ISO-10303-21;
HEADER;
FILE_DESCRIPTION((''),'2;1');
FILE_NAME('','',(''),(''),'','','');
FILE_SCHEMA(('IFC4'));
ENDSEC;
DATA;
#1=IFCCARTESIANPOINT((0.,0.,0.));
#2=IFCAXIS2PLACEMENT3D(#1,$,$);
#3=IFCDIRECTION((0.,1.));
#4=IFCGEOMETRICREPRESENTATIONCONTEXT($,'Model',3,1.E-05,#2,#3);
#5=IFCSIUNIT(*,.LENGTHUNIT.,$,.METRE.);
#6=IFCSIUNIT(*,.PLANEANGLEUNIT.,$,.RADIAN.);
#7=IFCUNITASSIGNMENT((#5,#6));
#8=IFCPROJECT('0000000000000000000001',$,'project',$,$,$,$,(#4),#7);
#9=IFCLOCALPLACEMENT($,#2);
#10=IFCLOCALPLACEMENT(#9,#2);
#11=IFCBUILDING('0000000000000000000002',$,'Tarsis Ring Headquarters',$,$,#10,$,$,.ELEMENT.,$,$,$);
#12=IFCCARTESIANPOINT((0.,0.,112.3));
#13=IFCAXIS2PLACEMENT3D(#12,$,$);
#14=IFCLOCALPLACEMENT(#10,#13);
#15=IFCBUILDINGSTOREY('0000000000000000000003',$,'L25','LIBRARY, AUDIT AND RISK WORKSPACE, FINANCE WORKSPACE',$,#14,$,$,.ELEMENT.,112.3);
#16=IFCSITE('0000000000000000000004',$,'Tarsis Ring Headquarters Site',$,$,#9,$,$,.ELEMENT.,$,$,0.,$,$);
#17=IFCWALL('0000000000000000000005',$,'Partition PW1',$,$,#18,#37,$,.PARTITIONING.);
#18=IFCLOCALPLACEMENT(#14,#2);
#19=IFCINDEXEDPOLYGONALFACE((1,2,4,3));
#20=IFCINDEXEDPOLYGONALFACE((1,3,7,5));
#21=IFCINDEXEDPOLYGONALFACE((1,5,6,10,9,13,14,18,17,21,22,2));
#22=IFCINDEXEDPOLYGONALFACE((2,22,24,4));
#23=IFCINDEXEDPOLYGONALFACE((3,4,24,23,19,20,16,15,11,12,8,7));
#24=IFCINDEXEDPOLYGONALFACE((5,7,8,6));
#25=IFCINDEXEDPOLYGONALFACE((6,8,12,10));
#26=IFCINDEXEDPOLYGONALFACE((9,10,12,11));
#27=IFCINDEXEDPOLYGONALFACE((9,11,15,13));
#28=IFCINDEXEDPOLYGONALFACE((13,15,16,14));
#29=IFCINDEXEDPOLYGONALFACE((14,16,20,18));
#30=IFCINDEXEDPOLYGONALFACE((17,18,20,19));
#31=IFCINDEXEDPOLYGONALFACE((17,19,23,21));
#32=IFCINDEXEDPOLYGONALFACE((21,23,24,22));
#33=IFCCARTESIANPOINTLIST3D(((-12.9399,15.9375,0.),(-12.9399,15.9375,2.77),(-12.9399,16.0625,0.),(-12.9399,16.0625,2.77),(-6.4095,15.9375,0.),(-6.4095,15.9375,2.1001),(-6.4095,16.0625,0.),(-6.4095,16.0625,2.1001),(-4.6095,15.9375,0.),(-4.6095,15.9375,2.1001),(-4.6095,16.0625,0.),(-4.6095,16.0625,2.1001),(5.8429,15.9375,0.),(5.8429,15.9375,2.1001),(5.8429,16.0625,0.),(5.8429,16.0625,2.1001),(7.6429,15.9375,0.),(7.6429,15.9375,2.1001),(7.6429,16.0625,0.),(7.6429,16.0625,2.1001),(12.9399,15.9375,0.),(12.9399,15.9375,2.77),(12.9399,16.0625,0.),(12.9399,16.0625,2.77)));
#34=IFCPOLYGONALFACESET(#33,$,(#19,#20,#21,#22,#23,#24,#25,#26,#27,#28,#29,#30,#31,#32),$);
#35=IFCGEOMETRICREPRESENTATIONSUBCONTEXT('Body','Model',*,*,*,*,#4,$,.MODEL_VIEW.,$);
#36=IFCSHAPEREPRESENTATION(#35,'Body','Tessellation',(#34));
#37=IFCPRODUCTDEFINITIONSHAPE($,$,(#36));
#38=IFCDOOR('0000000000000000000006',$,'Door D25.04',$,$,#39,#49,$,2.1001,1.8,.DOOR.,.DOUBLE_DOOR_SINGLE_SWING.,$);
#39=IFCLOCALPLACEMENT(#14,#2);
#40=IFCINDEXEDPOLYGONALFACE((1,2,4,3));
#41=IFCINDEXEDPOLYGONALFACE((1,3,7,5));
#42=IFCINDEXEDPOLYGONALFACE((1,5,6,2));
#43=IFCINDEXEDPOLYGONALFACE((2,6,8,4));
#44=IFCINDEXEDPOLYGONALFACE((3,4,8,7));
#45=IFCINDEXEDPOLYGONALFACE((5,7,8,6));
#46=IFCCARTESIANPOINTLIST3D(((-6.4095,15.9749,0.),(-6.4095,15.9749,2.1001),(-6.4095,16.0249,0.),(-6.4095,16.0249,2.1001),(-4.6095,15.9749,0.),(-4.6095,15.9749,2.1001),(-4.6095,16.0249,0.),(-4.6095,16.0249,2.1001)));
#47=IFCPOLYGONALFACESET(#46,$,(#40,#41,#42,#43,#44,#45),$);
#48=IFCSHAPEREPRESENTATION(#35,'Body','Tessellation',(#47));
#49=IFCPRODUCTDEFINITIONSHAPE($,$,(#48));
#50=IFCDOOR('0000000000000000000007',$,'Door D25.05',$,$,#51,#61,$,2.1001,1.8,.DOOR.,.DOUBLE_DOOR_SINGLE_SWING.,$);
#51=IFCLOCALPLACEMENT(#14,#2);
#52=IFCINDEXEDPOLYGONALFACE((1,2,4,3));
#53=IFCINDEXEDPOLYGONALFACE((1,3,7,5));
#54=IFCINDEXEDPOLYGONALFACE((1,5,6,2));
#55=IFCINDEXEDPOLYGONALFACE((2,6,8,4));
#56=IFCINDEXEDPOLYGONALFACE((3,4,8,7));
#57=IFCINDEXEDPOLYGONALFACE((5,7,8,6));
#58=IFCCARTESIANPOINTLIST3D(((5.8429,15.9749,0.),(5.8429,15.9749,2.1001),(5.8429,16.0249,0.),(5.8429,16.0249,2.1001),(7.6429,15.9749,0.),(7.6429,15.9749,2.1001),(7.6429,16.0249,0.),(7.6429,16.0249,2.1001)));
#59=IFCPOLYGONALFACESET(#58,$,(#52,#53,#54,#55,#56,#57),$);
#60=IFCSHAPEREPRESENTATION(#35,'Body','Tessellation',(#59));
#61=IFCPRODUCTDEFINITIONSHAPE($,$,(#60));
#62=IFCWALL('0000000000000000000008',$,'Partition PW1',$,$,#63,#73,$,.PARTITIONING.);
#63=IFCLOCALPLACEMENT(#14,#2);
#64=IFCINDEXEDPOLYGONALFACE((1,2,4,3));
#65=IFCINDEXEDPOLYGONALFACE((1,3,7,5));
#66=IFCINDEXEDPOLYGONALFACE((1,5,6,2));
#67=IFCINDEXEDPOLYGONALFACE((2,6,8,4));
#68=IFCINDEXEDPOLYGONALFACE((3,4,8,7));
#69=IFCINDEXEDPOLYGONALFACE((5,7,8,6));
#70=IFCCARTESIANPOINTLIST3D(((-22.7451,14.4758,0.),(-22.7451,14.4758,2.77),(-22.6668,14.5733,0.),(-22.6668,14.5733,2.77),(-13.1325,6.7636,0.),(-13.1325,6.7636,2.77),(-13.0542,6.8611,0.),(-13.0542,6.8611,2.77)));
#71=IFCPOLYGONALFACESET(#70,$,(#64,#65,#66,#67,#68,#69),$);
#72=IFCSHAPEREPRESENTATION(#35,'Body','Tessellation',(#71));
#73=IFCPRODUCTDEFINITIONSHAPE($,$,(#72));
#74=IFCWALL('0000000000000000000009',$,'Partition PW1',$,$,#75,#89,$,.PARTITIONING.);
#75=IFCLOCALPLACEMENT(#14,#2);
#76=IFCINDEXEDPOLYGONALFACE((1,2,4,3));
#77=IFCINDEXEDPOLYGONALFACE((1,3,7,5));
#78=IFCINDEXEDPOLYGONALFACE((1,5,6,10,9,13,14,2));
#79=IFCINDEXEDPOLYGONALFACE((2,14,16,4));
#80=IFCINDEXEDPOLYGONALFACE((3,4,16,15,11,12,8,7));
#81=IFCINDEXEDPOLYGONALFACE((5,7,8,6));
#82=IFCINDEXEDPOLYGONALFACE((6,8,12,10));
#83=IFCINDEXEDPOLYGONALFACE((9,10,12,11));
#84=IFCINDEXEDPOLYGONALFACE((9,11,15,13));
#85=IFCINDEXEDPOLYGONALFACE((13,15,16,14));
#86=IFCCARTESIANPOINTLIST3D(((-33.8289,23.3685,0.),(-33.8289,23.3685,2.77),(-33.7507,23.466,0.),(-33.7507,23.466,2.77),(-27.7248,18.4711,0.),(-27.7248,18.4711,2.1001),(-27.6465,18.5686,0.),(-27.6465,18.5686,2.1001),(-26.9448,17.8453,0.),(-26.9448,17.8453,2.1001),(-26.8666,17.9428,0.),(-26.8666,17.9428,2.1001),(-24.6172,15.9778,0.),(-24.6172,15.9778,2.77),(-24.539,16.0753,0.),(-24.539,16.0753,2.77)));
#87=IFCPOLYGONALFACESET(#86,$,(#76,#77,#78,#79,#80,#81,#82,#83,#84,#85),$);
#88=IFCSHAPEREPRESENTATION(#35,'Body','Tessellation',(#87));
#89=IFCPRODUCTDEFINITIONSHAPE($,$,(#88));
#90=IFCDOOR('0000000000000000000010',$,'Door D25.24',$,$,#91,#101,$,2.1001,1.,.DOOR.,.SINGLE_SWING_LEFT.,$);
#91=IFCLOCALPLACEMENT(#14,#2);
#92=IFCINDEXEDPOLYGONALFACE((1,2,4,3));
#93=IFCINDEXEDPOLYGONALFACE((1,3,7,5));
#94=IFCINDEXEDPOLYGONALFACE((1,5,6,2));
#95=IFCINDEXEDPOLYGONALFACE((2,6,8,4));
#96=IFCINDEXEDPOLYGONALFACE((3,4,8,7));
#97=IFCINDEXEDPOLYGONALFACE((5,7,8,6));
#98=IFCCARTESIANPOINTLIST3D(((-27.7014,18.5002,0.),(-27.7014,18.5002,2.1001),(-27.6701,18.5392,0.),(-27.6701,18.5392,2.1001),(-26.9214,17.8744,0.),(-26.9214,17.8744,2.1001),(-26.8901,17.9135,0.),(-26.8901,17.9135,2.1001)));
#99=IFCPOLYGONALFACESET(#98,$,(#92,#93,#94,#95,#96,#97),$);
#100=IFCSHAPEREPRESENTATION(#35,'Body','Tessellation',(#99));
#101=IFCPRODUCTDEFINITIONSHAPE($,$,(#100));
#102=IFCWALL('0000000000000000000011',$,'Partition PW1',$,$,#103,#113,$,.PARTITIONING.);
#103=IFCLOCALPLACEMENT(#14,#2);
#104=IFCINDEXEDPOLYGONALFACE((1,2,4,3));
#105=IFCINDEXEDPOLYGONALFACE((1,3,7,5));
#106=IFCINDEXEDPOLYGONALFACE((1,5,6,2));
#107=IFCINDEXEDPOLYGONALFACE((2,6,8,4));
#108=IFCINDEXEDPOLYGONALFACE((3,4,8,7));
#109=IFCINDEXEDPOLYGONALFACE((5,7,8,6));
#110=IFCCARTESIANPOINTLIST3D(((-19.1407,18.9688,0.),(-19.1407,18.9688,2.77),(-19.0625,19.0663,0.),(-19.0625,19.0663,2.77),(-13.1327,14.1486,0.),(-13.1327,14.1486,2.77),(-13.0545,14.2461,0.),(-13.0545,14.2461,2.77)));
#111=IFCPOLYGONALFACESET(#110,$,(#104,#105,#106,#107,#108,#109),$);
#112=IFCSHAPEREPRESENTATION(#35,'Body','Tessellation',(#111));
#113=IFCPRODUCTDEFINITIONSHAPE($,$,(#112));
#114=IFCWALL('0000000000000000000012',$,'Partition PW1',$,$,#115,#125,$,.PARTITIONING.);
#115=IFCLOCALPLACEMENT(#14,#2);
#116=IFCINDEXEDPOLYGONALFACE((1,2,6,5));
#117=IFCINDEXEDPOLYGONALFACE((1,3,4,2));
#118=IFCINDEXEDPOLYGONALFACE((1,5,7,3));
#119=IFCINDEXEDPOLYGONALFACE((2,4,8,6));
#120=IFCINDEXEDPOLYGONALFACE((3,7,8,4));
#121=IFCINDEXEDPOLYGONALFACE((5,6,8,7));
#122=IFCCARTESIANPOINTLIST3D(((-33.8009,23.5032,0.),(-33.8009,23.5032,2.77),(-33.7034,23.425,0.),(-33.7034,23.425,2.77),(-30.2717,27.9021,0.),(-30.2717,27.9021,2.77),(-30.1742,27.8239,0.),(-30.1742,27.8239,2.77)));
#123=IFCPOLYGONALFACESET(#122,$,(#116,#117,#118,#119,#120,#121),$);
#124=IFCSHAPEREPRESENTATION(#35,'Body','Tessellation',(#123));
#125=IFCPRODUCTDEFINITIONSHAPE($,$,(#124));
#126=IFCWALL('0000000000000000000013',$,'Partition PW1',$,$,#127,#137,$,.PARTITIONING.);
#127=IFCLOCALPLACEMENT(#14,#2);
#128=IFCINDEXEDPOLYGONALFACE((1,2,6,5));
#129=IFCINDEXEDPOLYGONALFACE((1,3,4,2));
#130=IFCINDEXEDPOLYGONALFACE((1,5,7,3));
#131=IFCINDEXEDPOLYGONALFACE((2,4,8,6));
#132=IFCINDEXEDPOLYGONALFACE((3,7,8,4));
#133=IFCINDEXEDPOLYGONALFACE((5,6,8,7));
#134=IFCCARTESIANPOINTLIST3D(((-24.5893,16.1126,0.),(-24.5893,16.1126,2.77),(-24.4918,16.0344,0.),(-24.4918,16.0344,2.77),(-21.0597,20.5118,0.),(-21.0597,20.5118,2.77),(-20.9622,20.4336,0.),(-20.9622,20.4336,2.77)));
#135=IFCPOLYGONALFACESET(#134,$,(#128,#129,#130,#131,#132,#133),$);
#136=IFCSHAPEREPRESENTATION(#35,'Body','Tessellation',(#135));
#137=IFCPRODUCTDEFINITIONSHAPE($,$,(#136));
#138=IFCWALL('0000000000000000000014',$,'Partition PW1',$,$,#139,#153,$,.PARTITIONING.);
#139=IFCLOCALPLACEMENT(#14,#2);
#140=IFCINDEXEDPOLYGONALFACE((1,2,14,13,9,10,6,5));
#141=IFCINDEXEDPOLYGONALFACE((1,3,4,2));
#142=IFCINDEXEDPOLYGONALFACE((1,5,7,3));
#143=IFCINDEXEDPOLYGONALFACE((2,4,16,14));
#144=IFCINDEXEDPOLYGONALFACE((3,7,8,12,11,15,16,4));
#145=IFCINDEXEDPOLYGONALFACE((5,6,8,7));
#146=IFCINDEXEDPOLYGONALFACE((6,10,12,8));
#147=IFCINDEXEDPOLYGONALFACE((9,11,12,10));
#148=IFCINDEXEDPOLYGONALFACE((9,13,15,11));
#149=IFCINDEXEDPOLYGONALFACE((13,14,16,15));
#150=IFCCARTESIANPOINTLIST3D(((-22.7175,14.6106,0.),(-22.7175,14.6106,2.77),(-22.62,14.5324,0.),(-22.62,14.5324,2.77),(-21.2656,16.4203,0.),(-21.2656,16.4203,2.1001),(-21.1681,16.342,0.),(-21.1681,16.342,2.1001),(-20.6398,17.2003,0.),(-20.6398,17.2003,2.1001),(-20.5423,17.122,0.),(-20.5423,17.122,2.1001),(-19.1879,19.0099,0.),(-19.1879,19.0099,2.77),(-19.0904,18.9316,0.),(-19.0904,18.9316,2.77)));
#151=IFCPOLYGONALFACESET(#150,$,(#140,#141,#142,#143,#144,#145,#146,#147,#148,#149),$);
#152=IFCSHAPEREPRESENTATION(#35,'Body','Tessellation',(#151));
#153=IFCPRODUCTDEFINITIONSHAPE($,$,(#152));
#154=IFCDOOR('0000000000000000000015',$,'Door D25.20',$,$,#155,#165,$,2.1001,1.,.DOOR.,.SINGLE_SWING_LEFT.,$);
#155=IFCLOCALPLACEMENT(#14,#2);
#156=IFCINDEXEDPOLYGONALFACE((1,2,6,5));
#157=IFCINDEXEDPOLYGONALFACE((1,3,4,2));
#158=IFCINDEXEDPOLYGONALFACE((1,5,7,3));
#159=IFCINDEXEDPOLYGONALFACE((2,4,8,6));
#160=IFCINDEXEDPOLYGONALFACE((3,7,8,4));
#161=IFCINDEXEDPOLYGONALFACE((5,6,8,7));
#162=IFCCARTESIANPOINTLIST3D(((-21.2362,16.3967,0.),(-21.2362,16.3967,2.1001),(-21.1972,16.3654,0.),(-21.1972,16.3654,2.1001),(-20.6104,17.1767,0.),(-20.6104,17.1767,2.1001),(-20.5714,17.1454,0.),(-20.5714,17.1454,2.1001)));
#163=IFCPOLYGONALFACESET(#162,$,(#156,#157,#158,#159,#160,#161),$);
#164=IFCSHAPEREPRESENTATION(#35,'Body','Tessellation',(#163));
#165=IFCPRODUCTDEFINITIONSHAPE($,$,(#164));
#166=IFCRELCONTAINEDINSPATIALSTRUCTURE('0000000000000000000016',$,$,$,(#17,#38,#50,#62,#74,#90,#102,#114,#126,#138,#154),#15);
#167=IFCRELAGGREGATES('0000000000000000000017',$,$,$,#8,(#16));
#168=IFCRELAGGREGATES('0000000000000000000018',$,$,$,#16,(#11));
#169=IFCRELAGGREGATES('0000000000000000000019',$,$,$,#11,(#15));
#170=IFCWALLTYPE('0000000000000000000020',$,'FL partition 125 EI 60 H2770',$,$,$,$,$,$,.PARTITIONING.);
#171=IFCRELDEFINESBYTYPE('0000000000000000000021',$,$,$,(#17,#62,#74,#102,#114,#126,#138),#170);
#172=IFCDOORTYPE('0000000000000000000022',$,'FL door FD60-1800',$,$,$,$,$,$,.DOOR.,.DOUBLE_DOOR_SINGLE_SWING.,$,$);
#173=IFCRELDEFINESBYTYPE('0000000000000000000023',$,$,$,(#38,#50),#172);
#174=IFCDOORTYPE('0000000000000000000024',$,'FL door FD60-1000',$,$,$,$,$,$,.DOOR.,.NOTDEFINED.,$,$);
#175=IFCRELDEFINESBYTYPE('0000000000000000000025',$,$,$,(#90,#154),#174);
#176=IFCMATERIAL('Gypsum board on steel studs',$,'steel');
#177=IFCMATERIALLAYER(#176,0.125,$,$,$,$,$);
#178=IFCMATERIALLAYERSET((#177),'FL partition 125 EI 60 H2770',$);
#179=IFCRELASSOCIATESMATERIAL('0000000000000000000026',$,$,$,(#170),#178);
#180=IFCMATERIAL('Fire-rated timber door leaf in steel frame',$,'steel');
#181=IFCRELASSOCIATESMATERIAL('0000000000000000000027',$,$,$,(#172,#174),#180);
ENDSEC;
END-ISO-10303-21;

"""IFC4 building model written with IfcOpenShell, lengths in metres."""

from ifc_helpers import new_model, si_unit, direction, frame, frame_2d, origin, place, context, subcontext, project, spatial, rectangle, extrude, material, layer, layer_set, type_object, element, fill, save


model = new_model("IFC4")

# Units and contexts
model_context = context("Model", 3, precision=1e-05, world=origin(), true_north=direction((0.0, 1.0)))
body_context = subcontext(model_context, "Body", "Model", "MODEL_VIEW")
ifc_project = project(units=[si_unit("LENGTHUNIT", "METRE"), si_unit("PLANEANGLEUNIT", "RADIAN")], contexts=[model_context])

# Site, building, storey
site_placement = place(None, origin())
site = spatial("IfcSite", under=ifc_project, at=site_placement, Name="Tarsis Ring Headquarters Site", CompositionType="ELEMENT", RefElevation=0.0)
building_placement = place(site_placement, origin())
building = spatial("IfcBuilding", under=site, at=building_placement, Name="Tarsis Ring Headquarters", CompositionType="ELEMENT")
storey_placement = place(building_placement, frame((0.0, 0.0, 112.3)))
storey = spatial("IfcBuildingStorey", under=building, at=storey_placement, Name="L25", Description="LIBRARY, AUDIT AND RISK WORKSPACE, FINANCE WORKSPACE", CompositionType="ELEMENT", Elevation=112.3)

# Shared definitions
ifc_material_1 = material(Name="Gypsum board on steel studs", Category="steel")

# Wall, openings, doors
ifc_layer_1 = layer(ifc_material_1, 0.125)
ifc_layer_set_1 = layer_set([ifc_layer_1], Name="FL partition 125 EI 60 H2770")
wall_type_1 = type_object("IfcWallType", Name="FL partition 125 EI 60 H2770", PredefinedType="PARTITIONING", material=ifc_layer_set_1)
wall_1_placement = place(storey_placement, frame((-12.9399, 16.0, 0.0), z_axis=(0.0, 0.0, 1.0), x_axis=(1.0, 0.0, 0.0)))
wall_1 = element("IfcWall", 1, at=wall_1_placement, inside=storey, type_object=wall_type_1, Name="Partition PW1", PredefinedType="PARTITIONING", context=body_context, shape_type="SweptSolid", body=[
    extrude(rectangle(XDim=25.8799, YDim=0.125, at=frame_2d((12.9399, 0.0))), origin(), (0.0, 0.0, 1.0), 2.77),
])
opening_1_placement = place(wall_1_placement, frame((6.5305, 0.0, 0.0)))
opening_1 = element("IfcOpeningElement", 2, at=opening_1_placement, cuts=wall_1, PredefinedType="OPENING", context=body_context, shape_type="SweptSolid", body=[
    extrude(rectangle(XDim=1.8, YDim=2.1001, at=frame_2d((0.8999, 1.05))), frame((0.0, 0.0725, 0.0), z_axis=(0.0, -1.0, 0.0), x_axis=(1.0, 0.0, 0.0)), (0.0, 0.0, 1.0), 0.145),
])
opening_2_placement = place(wall_1_placement, frame((18.783, 0.0, 0.0)))
opening_2 = element("IfcOpeningElement", 3, at=opening_2_placement, cuts=wall_1, PredefinedType="OPENING", context=body_context, shape_type="SweptSolid", body=[
    extrude(rectangle(XDim=1.8, YDim=2.1001, at=frame_2d((0.8999, 1.05))), frame((0.0, 0.0725, 0.0), z_axis=(0.0, -1.0, 0.0), x_axis=(1.0, 0.0, 0.0)), (0.0, 0.0, 1.0), 0.145),
])
ifc_material_2 = material(Name="Fire-rated timber door leaf in steel frame", Category="steel")
door_type_1 = type_object("IfcDoorType", Name="FL door FD60-1800", OperationType="DOUBLE_DOOR_SINGLE_SWING", PredefinedType="DOOR", material=ifc_material_2)
door_1_placement = place(opening_1_placement, origin())
door_1 = element("IfcDoor", 4, at=door_1_placement, inside=storey, type_object=door_type_1, Name="Door D25.04", OperationType="DOUBLE_DOOR_SINGLE_SWING", OverallHeight=2.1001, OverallWidth=1.8, PredefinedType="DOOR", context=body_context, shape_type="SweptSolid", body=[
    extrude(rectangle(XDim=1.8, YDim=2.1001, at=frame_2d((0.8999, 1.05))), frame((0.0, 0.0249, 0.0), z_axis=(0.0, -1.0, 0.0), x_axis=(1.0, 0.0, 0.0)), (0.0, 0.0, 1.0), 0.05),
])
fill(opening_1, door_1)
door_2_placement = place(opening_2_placement, origin())
door_2 = element("IfcDoor", 5, at=door_2_placement, inside=storey, type_object=door_type_1, Name="Door D25.05", OperationType="DOUBLE_DOOR_SINGLE_SWING", OverallHeight=2.1001, OverallWidth=1.8, PredefinedType="DOOR", context=body_context, shape_type="SweptSolid", body=[
    extrude(rectangle(XDim=1.8, YDim=2.1001, at=frame_2d((0.8999, 1.05))), frame((0.0, 0.0249, 0.0), z_axis=(0.0, -1.0, 0.0), x_axis=(1.0, 0.0, 0.0)), (0.0, 0.0, 1.0), 0.05),
])
fill(opening_2, door_2)

# Wall
wall_2_placement = place(storey_placement, frame((-22.7061, 14.5247, 0.0), z_axis=(0.0, 0.0, 1.0), x_axis=(0.779993, -0.625789, 0.0)))
element("IfcWall", 6, at=wall_2_placement, inside=storey, type_object=wall_type_1, Name="Partition PW1", PredefinedType="PARTITIONING", context=body_context, shape_type="SweptSolid", body=[
    extrude(rectangle(XDim=12.324, YDim=0.125, at=frame_2d((6.1621, 0.0))), origin(), (0.0, 0.0, 1.0), 2.77),
])

# Wall, opening, door
wall_3_placement = place(storey_placement, frame((-33.7898, 23.4172, 0.0), z_axis=(0.0, 0.0, 1.0), x_axis=(0.779989, -0.625794, 0.0)))
wall_3 = element("IfcWall", 7, at=wall_3_placement, inside=storey, type_object=wall_type_1, Name="Partition PW1", PredefinedType="PARTITIONING", context=body_context, shape_type="SweptSolid", body=[
    extrude(rectangle(XDim=11.8101, YDim=0.125, at=frame_2d((5.905, 0.0))), origin(), (0.0, 0.0, 1.0), 2.77),
])
opening_3_placement = place(wall_3_placement, frame((7.8259, 0.0, 0.0)))
opening_3 = element("IfcOpeningElement", 8, at=opening_3_placement, cuts=wall_3, PredefinedType="OPENING", context=body_context, shape_type="SweptSolid", body=[
    extrude(rectangle(XDim=1.0, YDim=2.1001, at=frame_2d((0.5, 1.05))), frame((0.0, 0.0725, 0.0), z_axis=(0.0, -1.0, 0.0), x_axis=(1.0, 0.0, 0.0)), (0.0, 0.0, 1.0), 0.145),
])
door_type_2 = type_object("IfcDoorType", Name="FL door FD60-1000", OperationType="NOTDEFINED", PredefinedType="DOOR", material=ifc_material_2)
door_3_placement = place(opening_3_placement, origin())
door_3 = element("IfcDoor", 9, at=door_3_placement, inside=storey, type_object=door_type_2, Name="Door D25.24", OperationType="SINGLE_SWING_LEFT", OverallHeight=2.1001, OverallWidth=1.0, PredefinedType="DOOR", context=body_context, shape_type="SweptSolid", body=[
    extrude(rectangle(XDim=1.0, YDim=2.1001, at=frame_2d((0.5, 1.05))), frame((0.0, 0.0249, 0.0), z_axis=(0.0, -1.0, 0.0), x_axis=(1.0, 0.0, 0.0)), (0.0, 0.0, 1.0), 0.05),
])
fill(opening_3, door_3)

# Walls
wall_4_placement = place(storey_placement, frame((-19.1016, 19.0176, 0.0), z_axis=(0.0, 0.0, 1.0), x_axis=(0.77999, -0.625792, 0.0)))
element("IfcWall", 10, at=wall_4_placement, inside=storey, type_object=wall_type_1, Name="Partition PW1", PredefinedType="PARTITIONING", context=body_context, shape_type="SweptSolid", body=[
    extrude(rectangle(XDim=7.7026, YDim=0.125, at=frame_2d((3.8513, 0.0))), origin(), (0.0, 0.0, 1.0), 2.77),
])
wall_5_placement = place(storey_placement, frame((-33.7522, 23.4641, 0.0), z_axis=(0.0, 0.0, 1.0), x_axis=(0.625793, 0.77999, 0.0)))
element("IfcWall", 11, at=wall_5_placement, inside=storey, type_object=wall_type_1, Name="Partition PW1", PredefinedType="PARTITIONING", context=body_context, shape_type="SweptSolid", body=[
    extrude(rectangle(XDim=5.6396, YDim=0.125, at=frame_2d((2.8198, 0.0))), origin(), (0.0, 0.0, 1.0), 2.77),
])
wall_6_placement = place(storey_placement, frame((-24.5405, 16.0735, 0.0), z_axis=(0.0, 0.0, 1.0), x_axis=(0.625798, 0.779985, 0.0)))
element("IfcWall", 12, at=wall_6_placement, inside=storey, type_object=wall_type_1, Name="Partition PW1", PredefinedType="PARTITIONING", context=body_context, shape_type="SweptSolid", body=[
    extrude(rectangle(XDim=5.6401, YDim=0.125, at=frame_2d((2.8201, 0.0))), origin(), (0.0, 0.0, 1.0), 2.77),
])

# Wall, opening, door
wall_7_placement = place(storey_placement, frame((-22.6687, 14.5715, 0.0), z_axis=(0.0, 0.0, 1.0), x_axis=(0.625798, 0.779985, 0.0)))
wall_7 = element("IfcWall", 13, at=wall_7_placement, inside=storey, type_object=wall_type_1, Name="Partition PW1", PredefinedType="PARTITIONING", context=body_context, shape_type="SweptSolid", body=[
    extrude(rectangle(XDim=5.6401, YDim=0.125, at=frame_2d((2.8201, 0.0))), origin(), (0.0, 0.0, 1.0), 2.77),
])
opening_4_placement = place(wall_7_placement, frame((2.3201, 0.0, 0.0)))
opening_4 = element("IfcOpeningElement", 14, at=opening_4_placement, cuts=wall_7, PredefinedType="OPENING", context=body_context, shape_type="SweptSolid", body=[
    extrude(rectangle(XDim=1.0, YDim=2.1001, at=frame_2d((0.5, 1.05))), frame((0.0, 0.0725, 0.0), z_axis=(0.0, -1.0, 0.0), x_axis=(1.0, 0.0, 0.0)), (0.0, 0.0, 1.0), 0.145),
])
door_4_placement = place(opening_4_placement, origin())
door_4 = element("IfcDoor", 15, at=door_4_placement, inside=storey, type_object=door_type_2, Name="Door D25.20", OperationType="SINGLE_SWING_LEFT", OverallHeight=2.1001, OverallWidth=1.0, PredefinedType="DOOR", context=body_context, shape_type="SweptSolid", body=[
    extrude(rectangle(XDim=1.0, YDim=2.1001, at=frame_2d((0.5, 1.05))), frame((0.0, 0.0249, 0.0), z_axis=(0.0, -1.0, 0.0), x_axis=(1.0, 0.0, 0.0)), (0.0, 0.0, 1.0), 0.05),
])
fill(opening_4, door_4)

save(model, "model.ifc")
